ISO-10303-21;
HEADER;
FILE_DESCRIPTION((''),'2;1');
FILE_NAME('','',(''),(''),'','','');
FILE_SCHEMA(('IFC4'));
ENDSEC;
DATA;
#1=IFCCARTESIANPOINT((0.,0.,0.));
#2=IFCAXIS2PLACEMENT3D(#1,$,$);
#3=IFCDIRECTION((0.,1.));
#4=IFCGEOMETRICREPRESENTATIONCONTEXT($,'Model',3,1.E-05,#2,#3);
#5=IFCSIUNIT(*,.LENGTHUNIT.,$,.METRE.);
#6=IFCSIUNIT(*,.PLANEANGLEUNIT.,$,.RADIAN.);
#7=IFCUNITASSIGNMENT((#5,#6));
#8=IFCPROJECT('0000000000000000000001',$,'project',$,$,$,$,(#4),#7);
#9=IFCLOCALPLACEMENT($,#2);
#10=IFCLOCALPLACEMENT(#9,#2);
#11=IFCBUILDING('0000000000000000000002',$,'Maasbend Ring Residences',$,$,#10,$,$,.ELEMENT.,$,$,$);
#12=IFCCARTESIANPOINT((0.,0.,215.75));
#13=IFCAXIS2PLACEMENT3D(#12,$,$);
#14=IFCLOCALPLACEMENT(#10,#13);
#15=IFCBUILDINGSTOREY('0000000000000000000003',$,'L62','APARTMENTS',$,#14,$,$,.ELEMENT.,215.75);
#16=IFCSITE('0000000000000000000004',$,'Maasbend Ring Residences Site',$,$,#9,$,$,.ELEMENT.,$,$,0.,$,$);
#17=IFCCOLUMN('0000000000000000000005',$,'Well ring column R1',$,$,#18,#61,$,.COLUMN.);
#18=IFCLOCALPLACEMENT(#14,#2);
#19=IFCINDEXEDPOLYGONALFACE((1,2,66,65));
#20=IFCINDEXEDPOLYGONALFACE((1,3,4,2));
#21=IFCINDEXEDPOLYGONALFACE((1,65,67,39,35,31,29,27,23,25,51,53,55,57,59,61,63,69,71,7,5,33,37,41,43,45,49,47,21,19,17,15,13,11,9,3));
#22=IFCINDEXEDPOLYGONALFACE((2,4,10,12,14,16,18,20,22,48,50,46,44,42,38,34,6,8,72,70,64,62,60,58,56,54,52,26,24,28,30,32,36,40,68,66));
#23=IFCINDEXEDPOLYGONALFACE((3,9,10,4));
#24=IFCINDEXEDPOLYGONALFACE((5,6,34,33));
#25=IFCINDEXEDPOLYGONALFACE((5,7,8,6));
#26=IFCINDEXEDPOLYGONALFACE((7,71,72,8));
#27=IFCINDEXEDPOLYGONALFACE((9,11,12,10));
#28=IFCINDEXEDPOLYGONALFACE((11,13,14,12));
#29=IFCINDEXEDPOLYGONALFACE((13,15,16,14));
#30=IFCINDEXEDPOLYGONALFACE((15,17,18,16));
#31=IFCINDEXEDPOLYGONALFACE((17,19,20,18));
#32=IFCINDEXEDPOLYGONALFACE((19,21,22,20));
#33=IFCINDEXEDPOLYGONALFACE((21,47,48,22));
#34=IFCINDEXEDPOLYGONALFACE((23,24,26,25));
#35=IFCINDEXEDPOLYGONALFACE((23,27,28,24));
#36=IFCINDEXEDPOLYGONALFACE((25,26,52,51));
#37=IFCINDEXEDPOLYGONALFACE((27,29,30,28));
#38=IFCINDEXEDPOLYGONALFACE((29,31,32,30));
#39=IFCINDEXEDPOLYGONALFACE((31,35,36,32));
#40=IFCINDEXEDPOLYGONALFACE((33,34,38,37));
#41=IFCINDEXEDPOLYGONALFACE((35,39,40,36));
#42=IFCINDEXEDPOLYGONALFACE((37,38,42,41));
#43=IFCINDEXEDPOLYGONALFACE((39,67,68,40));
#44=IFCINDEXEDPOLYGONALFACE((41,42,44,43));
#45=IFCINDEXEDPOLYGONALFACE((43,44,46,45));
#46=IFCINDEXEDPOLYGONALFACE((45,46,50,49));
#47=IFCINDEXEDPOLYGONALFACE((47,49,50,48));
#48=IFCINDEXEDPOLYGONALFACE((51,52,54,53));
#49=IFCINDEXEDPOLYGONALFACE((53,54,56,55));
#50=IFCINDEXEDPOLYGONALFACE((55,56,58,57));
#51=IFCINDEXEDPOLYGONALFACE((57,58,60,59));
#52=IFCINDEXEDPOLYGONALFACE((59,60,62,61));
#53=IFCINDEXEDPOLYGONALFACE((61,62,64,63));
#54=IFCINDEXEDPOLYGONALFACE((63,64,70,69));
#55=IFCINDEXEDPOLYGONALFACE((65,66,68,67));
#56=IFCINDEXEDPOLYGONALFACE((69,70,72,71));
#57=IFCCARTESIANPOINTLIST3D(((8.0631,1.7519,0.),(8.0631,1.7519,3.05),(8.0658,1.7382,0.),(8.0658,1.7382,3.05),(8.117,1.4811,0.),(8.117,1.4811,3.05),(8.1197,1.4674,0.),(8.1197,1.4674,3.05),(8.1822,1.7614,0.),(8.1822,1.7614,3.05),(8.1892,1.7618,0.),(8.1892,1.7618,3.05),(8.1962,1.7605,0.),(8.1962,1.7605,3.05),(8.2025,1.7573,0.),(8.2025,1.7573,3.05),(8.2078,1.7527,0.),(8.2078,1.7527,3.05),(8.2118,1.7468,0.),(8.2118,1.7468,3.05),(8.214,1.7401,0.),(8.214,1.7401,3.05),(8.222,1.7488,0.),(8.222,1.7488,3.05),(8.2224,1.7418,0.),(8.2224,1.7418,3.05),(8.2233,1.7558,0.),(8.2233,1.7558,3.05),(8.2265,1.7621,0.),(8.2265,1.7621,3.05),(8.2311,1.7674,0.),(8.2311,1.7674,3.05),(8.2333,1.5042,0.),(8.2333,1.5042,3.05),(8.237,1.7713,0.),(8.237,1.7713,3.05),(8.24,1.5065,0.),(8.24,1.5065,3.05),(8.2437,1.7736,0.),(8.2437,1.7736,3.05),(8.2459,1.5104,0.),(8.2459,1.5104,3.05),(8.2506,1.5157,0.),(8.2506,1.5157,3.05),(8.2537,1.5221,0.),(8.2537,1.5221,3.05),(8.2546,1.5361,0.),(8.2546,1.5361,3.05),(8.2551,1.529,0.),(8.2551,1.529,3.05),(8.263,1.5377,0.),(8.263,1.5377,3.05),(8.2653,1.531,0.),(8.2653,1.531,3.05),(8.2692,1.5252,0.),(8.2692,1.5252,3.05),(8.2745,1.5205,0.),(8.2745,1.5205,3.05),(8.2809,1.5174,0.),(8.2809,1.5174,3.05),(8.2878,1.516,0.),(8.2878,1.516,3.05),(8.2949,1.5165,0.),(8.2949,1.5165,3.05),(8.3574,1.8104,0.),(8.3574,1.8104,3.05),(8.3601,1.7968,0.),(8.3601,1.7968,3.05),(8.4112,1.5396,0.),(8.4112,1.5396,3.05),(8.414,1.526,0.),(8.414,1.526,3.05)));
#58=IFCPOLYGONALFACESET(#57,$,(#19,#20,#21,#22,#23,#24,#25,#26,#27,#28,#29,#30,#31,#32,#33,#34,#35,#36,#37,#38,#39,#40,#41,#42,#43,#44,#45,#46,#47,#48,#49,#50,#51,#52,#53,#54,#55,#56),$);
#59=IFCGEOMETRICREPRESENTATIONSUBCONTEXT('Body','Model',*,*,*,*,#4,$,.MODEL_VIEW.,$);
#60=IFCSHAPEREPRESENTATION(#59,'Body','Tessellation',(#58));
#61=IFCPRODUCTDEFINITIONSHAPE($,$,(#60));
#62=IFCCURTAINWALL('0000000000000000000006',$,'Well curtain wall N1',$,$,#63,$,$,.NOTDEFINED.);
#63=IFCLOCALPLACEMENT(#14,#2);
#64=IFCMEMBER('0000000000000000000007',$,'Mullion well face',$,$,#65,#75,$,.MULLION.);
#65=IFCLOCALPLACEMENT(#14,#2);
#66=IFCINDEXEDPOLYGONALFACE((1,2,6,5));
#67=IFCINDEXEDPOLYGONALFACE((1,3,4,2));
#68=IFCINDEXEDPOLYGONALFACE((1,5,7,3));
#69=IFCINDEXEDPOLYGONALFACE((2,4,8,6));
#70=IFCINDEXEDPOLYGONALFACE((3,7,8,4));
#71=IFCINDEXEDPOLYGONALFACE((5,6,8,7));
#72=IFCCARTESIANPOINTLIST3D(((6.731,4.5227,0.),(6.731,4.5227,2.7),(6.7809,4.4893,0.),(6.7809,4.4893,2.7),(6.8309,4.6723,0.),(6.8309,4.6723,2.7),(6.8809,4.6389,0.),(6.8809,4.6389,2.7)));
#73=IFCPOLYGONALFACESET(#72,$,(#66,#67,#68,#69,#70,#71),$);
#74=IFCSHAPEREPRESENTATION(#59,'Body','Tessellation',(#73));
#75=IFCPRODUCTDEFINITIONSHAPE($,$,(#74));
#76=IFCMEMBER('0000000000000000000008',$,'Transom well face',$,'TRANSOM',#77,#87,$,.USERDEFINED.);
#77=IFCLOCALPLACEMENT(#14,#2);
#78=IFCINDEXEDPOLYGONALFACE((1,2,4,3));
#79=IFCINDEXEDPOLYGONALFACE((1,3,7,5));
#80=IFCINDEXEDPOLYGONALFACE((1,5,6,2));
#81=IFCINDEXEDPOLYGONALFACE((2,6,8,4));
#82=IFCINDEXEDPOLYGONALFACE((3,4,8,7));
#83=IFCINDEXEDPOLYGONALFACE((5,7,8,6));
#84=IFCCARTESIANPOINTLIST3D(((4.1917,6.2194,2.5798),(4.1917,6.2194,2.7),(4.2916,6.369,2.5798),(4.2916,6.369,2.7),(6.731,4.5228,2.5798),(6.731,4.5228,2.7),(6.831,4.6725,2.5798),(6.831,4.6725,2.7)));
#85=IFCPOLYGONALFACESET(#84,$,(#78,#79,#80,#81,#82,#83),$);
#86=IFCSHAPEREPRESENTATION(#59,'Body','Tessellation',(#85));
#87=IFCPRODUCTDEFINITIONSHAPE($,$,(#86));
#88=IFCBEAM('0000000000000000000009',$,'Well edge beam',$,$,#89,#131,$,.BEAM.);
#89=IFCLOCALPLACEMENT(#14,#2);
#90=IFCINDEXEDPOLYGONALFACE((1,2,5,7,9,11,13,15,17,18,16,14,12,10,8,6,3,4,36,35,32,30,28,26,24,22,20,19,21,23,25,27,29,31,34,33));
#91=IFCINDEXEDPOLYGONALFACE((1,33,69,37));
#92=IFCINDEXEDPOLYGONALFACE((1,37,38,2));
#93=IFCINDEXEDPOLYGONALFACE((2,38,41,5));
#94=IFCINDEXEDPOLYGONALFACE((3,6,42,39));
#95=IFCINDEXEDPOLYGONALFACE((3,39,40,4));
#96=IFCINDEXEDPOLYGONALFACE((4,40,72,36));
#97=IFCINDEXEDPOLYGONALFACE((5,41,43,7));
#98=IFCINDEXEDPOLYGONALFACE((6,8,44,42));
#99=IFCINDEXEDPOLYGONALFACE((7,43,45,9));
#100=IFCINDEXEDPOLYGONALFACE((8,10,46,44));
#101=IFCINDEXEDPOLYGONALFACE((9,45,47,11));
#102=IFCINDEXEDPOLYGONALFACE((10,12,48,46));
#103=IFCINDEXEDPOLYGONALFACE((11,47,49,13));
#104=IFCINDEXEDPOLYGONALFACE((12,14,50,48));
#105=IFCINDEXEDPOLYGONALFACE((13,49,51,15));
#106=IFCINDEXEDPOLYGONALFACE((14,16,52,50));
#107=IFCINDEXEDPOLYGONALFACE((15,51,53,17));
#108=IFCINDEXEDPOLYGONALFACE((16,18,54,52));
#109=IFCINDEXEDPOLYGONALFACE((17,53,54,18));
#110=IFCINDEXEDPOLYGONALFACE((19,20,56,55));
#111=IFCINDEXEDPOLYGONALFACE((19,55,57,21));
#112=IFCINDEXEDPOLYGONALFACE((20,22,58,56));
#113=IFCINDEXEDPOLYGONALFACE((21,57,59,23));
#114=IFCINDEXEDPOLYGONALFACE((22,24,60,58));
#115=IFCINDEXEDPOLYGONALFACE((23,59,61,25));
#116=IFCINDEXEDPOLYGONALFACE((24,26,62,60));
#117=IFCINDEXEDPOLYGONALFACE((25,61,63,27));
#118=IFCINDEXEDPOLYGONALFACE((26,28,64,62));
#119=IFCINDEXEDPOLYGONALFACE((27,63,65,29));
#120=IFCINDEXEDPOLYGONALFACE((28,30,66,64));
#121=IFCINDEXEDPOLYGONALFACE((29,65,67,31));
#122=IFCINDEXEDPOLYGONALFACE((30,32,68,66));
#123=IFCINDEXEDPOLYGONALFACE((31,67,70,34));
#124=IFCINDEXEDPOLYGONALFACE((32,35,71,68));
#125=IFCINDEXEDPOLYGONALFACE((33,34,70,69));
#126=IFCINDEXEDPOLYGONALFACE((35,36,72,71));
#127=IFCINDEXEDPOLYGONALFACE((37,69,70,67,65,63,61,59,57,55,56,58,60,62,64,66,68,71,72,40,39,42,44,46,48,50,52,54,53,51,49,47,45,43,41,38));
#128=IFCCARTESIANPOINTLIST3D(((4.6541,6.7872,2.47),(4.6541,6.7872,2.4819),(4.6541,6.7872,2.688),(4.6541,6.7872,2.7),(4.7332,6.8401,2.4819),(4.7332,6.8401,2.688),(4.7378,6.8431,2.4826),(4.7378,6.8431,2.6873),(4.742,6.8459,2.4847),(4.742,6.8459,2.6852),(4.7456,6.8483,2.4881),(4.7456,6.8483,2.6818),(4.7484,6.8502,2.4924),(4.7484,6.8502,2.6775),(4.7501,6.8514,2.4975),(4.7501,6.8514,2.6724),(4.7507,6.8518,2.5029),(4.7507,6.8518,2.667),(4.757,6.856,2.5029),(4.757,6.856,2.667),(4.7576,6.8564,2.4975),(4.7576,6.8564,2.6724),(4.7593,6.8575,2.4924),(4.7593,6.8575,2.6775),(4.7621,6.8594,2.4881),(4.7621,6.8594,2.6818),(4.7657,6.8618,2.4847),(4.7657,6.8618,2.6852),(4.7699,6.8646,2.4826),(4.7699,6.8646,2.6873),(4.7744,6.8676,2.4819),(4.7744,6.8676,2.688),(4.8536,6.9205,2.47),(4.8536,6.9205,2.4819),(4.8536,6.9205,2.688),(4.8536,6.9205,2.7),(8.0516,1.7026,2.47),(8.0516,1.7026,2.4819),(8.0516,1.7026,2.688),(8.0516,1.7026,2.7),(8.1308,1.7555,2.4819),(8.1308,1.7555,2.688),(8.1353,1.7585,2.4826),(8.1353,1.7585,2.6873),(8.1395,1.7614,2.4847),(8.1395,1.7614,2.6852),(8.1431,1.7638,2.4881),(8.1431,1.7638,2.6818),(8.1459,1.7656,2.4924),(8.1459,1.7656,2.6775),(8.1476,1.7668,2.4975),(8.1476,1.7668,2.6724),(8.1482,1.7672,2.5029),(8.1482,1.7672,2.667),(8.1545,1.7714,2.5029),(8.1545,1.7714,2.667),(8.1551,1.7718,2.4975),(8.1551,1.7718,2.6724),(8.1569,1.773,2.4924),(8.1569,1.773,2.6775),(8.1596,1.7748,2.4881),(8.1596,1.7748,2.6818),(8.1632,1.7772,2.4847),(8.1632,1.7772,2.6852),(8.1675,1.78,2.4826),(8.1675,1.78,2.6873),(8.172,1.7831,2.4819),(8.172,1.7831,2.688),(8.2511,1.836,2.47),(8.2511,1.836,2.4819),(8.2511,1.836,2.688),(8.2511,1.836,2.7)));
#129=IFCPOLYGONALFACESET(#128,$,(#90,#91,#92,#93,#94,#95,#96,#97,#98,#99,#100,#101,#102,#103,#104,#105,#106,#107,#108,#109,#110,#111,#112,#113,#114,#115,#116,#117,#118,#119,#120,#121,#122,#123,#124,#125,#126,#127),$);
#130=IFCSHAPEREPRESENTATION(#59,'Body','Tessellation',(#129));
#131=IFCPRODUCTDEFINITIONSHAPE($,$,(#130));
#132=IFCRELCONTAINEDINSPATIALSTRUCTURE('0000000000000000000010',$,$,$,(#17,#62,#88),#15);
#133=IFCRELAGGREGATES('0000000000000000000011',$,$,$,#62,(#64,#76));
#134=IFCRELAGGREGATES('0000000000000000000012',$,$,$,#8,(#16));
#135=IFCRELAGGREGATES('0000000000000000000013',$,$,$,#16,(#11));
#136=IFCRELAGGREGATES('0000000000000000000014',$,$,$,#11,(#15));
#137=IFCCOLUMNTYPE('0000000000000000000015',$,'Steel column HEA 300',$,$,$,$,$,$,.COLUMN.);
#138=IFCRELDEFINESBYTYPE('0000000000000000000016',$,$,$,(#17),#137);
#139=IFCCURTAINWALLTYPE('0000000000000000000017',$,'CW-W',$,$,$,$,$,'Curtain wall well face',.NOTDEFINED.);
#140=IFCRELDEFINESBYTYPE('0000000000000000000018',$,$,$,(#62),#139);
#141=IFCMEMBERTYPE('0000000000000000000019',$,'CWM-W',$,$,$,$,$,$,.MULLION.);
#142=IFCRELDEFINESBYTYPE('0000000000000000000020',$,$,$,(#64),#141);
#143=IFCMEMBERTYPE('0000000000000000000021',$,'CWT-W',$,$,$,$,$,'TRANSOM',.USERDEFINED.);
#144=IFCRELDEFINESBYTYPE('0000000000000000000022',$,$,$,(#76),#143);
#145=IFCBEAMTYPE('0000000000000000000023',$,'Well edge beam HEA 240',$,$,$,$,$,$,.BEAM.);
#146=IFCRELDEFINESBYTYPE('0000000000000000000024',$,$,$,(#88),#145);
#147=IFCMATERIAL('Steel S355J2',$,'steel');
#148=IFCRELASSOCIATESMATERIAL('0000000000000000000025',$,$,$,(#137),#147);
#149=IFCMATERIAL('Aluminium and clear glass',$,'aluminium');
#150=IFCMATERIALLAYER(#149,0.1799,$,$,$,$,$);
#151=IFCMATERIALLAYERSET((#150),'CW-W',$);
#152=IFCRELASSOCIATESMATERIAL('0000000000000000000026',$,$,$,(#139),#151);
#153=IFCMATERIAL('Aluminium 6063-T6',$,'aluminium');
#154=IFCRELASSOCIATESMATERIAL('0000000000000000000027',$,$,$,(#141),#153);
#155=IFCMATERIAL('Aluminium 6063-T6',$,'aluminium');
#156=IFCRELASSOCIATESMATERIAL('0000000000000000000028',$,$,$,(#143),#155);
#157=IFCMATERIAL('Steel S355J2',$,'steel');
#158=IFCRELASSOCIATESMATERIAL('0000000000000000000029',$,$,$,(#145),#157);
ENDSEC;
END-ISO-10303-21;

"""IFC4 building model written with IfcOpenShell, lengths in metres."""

from ifc_helpers import new_model, si_unit, direction, frame, origin, origin_2d, place, context, subcontext, project, spatial, rectangle, i_section, extrude, material, layer, layer_set, material_profile, profile_set, type_object, element, aggregate, save


model = new_model("IFC4")

# Units and contexts
model_context = context("Model", 3, precision=1e-05, world=origin(), true_north=direction((0.0, 1.0)))
body_context = subcontext(model_context, "Body", "Model", "MODEL_VIEW")
ifc_project = project(units=[si_unit("LENGTHUNIT", "METRE"), si_unit("PLANEANGLEUNIT", "RADIAN")], contexts=[model_context])

# Site, building, storey
site_placement = place(None, origin())
site = spatial("IfcSite", under=ifc_project, at=site_placement, Name="Maasbend Ring Residences Site", CompositionType="ELEMENT", RefElevation=0.0)
building_placement = place(site_placement, origin())
building = spatial("IfcBuilding", under=site, at=building_placement, Name="Maasbend Ring Residences", CompositionType="ELEMENT")
storey_placement = place(building_placement, frame((0.0, 0.0, 215.75)))
storey = spatial("IfcBuildingStorey", under=building, at=storey_placement, Name="L62", Description="APARTMENTS", CompositionType="ELEMENT", Elevation=215.75)

# Column
ifc_material_1 = material(Name="Steel S355J2", Category="steel")
ifc_material_profile_1 = material_profile(ifc_material_1, i_section(OverallWidth=0.3, OverallDepth=0.29, WebThickness=0.0085, FlangeThickness=0.0139, FilletRadius=0.0271, at=origin_2d()), Name="HEA 300")
ifc_profile_set_1 = profile_set([ifc_material_profile_1], Name="Steel S355J2")
column_type = type_object("IfcColumnType", Name="Steel column HEA 300", PredefinedType="COLUMN", material=ifc_profile_set_1)
column_placement = place(storey_placement, frame((8.2385, 1.6389, 0.0), z_axis=(0.0, 0.0, 1.0), x_axis=(0.980785, 0.19509, 0.0)))
element("IfcColumn", 1, at=column_placement, inside=storey, type_object=column_type, Name="Well ring column R1", PredefinedType="COLUMN", context=body_context, shape_type="SweptSolid", body=[
    extrude(i_section(OverallWidth=0.3, OverallDepth=0.29, WebThickness=0.0085, FlangeThickness=0.0139, FilletRadius=0.0271, at=origin_2d()), origin(), (0.0, 0.0, 1.0), 3.05),
])

# Curtain wall, members
ifc_material_2 = material(Name="Aluminium and clear glass", Category="aluminium")
ifc_layer_1 = layer(ifc_material_2, 0.1799)
ifc_layer_set_1 = layer_set([ifc_layer_1], Name="CW-W")
curtain_wall_type = type_object("IfcCurtainWallType", Name="CW-W", ElementType="Curtain wall well face", PredefinedType="NOTDEFINED", material=ifc_layer_set_1)
curtain_wall_placement = place(storey_placement, origin())
curtain_wall = element("IfcCurtainWall", 2, at=curtain_wall_placement, inside=storey, type_object=curtain_wall_type, Name="Well curtain wall N1", PredefinedType="NOTDEFINED")
ifc_material_3 = material(Name="Aluminium 6063-T6", Category="aluminium")
ifc_material_profile_2 = material_profile(ifc_material_3, rectangle(XDim=0.1799, YDim=0.0601, at=origin_2d()), Name="AL 180x60")
ifc_profile_set_2 = profile_set([ifc_material_profile_2], Name="Aluminium 6063-T6")
member_type_1 = type_object("IfcMemberType", Name="CWM-W", PredefinedType="MULLION", material=ifc_profile_set_2)
member_1_placement = place(storey_placement, frame((6.8059, 4.5808, 0.0), z_axis=(0.0, 0.0, 1.0), x_axis=(-0.55557, -0.83147, 0.0)))
member_1 = element("IfcMember", 3, at=member_1_placement, type_object=member_type_1, Name="Mullion well face", PredefinedType="MULLION", context=body_context, shape_type="SweptSolid", body=[
    extrude(rectangle(XDim=0.1799, YDim=0.0601, at=origin_2d()), origin(), (0.0, 0.0, 1.0), 2.7),
])
ifc_material_4 = material(Name="Aluminium 6063-T6", Category="aluminium")
ifc_material_profile_3 = material_profile(ifc_material_4, rectangle(XDim=0.1799, YDim=0.1201, at=origin_2d()), Name="AL 180x120")
ifc_profile_set_3 = profile_set([ifc_material_profile_3], Name="Aluminium 6063-T6")
member_type_2 = type_object("IfcMemberType", Name="CWT-W", ElementType="TRANSOM", PredefinedType="USERDEFINED", material=ifc_profile_set_3)
member_2_placement = place(storey_placement, frame((6.781, 4.5977, 2.6399), z_axis=(-0.831496, 0.55553, 0.0), x_axis=(-0.55553, -0.831496, 0.0)))
member_2 = element("IfcMember", 4, at=member_2_placement, type_object=member_type_2, Name="Transom well face", ObjectType="TRANSOM", PredefinedType="USERDEFINED", context=body_context, shape_type="SweptSolid", body=[
    extrude(rectangle(XDim=0.1799, YDim=0.1201, at=origin_2d()), origin(), (0.0, 0.0, 1.0), 3.054),
])
aggregate(curtain_wall, [member_1, member_2])

# Beam
ifc_material_5 = material(Name="Steel S355J2", Category="steel")
ifc_material_profile_4 = material_profile(ifc_material_5, i_section(OverallWidth=0.24, OverallDepth=0.23, WebThickness=0.0076, FlangeThickness=0.012, FilletRadius=0.021, at=origin_2d()), Name="HEA 240")
ifc_profile_set_4 = profile_set([ifc_material_profile_4], Name="Steel S355J2")
beam_type = type_object("IfcBeamType", Name="Well edge beam HEA 240", PredefinedType="BEAM", material=ifc_profile_set_4)
beam_placement = place(storey_placement, frame((8.1514, 1.7693, 2.585), z_axis=(-0.555584, 0.83146, 0.0), x_axis=(-0.83146, -0.555584, 0.0)))
element("IfcBeam", 5, at=beam_placement, inside=storey, type_object=beam_type, Name="Well edge beam", PredefinedType="BEAM", context=body_context, shape_type="SweptSolid", body=[
    extrude(i_section(OverallWidth=0.24, OverallDepth=0.23, WebThickness=0.0076, FlangeThickness=0.012, FilletRadius=0.021, at=origin_2d()), origin(), (0.0, 0.0, 1.0), 6.1152),
])

save(model, "model.ifc")
